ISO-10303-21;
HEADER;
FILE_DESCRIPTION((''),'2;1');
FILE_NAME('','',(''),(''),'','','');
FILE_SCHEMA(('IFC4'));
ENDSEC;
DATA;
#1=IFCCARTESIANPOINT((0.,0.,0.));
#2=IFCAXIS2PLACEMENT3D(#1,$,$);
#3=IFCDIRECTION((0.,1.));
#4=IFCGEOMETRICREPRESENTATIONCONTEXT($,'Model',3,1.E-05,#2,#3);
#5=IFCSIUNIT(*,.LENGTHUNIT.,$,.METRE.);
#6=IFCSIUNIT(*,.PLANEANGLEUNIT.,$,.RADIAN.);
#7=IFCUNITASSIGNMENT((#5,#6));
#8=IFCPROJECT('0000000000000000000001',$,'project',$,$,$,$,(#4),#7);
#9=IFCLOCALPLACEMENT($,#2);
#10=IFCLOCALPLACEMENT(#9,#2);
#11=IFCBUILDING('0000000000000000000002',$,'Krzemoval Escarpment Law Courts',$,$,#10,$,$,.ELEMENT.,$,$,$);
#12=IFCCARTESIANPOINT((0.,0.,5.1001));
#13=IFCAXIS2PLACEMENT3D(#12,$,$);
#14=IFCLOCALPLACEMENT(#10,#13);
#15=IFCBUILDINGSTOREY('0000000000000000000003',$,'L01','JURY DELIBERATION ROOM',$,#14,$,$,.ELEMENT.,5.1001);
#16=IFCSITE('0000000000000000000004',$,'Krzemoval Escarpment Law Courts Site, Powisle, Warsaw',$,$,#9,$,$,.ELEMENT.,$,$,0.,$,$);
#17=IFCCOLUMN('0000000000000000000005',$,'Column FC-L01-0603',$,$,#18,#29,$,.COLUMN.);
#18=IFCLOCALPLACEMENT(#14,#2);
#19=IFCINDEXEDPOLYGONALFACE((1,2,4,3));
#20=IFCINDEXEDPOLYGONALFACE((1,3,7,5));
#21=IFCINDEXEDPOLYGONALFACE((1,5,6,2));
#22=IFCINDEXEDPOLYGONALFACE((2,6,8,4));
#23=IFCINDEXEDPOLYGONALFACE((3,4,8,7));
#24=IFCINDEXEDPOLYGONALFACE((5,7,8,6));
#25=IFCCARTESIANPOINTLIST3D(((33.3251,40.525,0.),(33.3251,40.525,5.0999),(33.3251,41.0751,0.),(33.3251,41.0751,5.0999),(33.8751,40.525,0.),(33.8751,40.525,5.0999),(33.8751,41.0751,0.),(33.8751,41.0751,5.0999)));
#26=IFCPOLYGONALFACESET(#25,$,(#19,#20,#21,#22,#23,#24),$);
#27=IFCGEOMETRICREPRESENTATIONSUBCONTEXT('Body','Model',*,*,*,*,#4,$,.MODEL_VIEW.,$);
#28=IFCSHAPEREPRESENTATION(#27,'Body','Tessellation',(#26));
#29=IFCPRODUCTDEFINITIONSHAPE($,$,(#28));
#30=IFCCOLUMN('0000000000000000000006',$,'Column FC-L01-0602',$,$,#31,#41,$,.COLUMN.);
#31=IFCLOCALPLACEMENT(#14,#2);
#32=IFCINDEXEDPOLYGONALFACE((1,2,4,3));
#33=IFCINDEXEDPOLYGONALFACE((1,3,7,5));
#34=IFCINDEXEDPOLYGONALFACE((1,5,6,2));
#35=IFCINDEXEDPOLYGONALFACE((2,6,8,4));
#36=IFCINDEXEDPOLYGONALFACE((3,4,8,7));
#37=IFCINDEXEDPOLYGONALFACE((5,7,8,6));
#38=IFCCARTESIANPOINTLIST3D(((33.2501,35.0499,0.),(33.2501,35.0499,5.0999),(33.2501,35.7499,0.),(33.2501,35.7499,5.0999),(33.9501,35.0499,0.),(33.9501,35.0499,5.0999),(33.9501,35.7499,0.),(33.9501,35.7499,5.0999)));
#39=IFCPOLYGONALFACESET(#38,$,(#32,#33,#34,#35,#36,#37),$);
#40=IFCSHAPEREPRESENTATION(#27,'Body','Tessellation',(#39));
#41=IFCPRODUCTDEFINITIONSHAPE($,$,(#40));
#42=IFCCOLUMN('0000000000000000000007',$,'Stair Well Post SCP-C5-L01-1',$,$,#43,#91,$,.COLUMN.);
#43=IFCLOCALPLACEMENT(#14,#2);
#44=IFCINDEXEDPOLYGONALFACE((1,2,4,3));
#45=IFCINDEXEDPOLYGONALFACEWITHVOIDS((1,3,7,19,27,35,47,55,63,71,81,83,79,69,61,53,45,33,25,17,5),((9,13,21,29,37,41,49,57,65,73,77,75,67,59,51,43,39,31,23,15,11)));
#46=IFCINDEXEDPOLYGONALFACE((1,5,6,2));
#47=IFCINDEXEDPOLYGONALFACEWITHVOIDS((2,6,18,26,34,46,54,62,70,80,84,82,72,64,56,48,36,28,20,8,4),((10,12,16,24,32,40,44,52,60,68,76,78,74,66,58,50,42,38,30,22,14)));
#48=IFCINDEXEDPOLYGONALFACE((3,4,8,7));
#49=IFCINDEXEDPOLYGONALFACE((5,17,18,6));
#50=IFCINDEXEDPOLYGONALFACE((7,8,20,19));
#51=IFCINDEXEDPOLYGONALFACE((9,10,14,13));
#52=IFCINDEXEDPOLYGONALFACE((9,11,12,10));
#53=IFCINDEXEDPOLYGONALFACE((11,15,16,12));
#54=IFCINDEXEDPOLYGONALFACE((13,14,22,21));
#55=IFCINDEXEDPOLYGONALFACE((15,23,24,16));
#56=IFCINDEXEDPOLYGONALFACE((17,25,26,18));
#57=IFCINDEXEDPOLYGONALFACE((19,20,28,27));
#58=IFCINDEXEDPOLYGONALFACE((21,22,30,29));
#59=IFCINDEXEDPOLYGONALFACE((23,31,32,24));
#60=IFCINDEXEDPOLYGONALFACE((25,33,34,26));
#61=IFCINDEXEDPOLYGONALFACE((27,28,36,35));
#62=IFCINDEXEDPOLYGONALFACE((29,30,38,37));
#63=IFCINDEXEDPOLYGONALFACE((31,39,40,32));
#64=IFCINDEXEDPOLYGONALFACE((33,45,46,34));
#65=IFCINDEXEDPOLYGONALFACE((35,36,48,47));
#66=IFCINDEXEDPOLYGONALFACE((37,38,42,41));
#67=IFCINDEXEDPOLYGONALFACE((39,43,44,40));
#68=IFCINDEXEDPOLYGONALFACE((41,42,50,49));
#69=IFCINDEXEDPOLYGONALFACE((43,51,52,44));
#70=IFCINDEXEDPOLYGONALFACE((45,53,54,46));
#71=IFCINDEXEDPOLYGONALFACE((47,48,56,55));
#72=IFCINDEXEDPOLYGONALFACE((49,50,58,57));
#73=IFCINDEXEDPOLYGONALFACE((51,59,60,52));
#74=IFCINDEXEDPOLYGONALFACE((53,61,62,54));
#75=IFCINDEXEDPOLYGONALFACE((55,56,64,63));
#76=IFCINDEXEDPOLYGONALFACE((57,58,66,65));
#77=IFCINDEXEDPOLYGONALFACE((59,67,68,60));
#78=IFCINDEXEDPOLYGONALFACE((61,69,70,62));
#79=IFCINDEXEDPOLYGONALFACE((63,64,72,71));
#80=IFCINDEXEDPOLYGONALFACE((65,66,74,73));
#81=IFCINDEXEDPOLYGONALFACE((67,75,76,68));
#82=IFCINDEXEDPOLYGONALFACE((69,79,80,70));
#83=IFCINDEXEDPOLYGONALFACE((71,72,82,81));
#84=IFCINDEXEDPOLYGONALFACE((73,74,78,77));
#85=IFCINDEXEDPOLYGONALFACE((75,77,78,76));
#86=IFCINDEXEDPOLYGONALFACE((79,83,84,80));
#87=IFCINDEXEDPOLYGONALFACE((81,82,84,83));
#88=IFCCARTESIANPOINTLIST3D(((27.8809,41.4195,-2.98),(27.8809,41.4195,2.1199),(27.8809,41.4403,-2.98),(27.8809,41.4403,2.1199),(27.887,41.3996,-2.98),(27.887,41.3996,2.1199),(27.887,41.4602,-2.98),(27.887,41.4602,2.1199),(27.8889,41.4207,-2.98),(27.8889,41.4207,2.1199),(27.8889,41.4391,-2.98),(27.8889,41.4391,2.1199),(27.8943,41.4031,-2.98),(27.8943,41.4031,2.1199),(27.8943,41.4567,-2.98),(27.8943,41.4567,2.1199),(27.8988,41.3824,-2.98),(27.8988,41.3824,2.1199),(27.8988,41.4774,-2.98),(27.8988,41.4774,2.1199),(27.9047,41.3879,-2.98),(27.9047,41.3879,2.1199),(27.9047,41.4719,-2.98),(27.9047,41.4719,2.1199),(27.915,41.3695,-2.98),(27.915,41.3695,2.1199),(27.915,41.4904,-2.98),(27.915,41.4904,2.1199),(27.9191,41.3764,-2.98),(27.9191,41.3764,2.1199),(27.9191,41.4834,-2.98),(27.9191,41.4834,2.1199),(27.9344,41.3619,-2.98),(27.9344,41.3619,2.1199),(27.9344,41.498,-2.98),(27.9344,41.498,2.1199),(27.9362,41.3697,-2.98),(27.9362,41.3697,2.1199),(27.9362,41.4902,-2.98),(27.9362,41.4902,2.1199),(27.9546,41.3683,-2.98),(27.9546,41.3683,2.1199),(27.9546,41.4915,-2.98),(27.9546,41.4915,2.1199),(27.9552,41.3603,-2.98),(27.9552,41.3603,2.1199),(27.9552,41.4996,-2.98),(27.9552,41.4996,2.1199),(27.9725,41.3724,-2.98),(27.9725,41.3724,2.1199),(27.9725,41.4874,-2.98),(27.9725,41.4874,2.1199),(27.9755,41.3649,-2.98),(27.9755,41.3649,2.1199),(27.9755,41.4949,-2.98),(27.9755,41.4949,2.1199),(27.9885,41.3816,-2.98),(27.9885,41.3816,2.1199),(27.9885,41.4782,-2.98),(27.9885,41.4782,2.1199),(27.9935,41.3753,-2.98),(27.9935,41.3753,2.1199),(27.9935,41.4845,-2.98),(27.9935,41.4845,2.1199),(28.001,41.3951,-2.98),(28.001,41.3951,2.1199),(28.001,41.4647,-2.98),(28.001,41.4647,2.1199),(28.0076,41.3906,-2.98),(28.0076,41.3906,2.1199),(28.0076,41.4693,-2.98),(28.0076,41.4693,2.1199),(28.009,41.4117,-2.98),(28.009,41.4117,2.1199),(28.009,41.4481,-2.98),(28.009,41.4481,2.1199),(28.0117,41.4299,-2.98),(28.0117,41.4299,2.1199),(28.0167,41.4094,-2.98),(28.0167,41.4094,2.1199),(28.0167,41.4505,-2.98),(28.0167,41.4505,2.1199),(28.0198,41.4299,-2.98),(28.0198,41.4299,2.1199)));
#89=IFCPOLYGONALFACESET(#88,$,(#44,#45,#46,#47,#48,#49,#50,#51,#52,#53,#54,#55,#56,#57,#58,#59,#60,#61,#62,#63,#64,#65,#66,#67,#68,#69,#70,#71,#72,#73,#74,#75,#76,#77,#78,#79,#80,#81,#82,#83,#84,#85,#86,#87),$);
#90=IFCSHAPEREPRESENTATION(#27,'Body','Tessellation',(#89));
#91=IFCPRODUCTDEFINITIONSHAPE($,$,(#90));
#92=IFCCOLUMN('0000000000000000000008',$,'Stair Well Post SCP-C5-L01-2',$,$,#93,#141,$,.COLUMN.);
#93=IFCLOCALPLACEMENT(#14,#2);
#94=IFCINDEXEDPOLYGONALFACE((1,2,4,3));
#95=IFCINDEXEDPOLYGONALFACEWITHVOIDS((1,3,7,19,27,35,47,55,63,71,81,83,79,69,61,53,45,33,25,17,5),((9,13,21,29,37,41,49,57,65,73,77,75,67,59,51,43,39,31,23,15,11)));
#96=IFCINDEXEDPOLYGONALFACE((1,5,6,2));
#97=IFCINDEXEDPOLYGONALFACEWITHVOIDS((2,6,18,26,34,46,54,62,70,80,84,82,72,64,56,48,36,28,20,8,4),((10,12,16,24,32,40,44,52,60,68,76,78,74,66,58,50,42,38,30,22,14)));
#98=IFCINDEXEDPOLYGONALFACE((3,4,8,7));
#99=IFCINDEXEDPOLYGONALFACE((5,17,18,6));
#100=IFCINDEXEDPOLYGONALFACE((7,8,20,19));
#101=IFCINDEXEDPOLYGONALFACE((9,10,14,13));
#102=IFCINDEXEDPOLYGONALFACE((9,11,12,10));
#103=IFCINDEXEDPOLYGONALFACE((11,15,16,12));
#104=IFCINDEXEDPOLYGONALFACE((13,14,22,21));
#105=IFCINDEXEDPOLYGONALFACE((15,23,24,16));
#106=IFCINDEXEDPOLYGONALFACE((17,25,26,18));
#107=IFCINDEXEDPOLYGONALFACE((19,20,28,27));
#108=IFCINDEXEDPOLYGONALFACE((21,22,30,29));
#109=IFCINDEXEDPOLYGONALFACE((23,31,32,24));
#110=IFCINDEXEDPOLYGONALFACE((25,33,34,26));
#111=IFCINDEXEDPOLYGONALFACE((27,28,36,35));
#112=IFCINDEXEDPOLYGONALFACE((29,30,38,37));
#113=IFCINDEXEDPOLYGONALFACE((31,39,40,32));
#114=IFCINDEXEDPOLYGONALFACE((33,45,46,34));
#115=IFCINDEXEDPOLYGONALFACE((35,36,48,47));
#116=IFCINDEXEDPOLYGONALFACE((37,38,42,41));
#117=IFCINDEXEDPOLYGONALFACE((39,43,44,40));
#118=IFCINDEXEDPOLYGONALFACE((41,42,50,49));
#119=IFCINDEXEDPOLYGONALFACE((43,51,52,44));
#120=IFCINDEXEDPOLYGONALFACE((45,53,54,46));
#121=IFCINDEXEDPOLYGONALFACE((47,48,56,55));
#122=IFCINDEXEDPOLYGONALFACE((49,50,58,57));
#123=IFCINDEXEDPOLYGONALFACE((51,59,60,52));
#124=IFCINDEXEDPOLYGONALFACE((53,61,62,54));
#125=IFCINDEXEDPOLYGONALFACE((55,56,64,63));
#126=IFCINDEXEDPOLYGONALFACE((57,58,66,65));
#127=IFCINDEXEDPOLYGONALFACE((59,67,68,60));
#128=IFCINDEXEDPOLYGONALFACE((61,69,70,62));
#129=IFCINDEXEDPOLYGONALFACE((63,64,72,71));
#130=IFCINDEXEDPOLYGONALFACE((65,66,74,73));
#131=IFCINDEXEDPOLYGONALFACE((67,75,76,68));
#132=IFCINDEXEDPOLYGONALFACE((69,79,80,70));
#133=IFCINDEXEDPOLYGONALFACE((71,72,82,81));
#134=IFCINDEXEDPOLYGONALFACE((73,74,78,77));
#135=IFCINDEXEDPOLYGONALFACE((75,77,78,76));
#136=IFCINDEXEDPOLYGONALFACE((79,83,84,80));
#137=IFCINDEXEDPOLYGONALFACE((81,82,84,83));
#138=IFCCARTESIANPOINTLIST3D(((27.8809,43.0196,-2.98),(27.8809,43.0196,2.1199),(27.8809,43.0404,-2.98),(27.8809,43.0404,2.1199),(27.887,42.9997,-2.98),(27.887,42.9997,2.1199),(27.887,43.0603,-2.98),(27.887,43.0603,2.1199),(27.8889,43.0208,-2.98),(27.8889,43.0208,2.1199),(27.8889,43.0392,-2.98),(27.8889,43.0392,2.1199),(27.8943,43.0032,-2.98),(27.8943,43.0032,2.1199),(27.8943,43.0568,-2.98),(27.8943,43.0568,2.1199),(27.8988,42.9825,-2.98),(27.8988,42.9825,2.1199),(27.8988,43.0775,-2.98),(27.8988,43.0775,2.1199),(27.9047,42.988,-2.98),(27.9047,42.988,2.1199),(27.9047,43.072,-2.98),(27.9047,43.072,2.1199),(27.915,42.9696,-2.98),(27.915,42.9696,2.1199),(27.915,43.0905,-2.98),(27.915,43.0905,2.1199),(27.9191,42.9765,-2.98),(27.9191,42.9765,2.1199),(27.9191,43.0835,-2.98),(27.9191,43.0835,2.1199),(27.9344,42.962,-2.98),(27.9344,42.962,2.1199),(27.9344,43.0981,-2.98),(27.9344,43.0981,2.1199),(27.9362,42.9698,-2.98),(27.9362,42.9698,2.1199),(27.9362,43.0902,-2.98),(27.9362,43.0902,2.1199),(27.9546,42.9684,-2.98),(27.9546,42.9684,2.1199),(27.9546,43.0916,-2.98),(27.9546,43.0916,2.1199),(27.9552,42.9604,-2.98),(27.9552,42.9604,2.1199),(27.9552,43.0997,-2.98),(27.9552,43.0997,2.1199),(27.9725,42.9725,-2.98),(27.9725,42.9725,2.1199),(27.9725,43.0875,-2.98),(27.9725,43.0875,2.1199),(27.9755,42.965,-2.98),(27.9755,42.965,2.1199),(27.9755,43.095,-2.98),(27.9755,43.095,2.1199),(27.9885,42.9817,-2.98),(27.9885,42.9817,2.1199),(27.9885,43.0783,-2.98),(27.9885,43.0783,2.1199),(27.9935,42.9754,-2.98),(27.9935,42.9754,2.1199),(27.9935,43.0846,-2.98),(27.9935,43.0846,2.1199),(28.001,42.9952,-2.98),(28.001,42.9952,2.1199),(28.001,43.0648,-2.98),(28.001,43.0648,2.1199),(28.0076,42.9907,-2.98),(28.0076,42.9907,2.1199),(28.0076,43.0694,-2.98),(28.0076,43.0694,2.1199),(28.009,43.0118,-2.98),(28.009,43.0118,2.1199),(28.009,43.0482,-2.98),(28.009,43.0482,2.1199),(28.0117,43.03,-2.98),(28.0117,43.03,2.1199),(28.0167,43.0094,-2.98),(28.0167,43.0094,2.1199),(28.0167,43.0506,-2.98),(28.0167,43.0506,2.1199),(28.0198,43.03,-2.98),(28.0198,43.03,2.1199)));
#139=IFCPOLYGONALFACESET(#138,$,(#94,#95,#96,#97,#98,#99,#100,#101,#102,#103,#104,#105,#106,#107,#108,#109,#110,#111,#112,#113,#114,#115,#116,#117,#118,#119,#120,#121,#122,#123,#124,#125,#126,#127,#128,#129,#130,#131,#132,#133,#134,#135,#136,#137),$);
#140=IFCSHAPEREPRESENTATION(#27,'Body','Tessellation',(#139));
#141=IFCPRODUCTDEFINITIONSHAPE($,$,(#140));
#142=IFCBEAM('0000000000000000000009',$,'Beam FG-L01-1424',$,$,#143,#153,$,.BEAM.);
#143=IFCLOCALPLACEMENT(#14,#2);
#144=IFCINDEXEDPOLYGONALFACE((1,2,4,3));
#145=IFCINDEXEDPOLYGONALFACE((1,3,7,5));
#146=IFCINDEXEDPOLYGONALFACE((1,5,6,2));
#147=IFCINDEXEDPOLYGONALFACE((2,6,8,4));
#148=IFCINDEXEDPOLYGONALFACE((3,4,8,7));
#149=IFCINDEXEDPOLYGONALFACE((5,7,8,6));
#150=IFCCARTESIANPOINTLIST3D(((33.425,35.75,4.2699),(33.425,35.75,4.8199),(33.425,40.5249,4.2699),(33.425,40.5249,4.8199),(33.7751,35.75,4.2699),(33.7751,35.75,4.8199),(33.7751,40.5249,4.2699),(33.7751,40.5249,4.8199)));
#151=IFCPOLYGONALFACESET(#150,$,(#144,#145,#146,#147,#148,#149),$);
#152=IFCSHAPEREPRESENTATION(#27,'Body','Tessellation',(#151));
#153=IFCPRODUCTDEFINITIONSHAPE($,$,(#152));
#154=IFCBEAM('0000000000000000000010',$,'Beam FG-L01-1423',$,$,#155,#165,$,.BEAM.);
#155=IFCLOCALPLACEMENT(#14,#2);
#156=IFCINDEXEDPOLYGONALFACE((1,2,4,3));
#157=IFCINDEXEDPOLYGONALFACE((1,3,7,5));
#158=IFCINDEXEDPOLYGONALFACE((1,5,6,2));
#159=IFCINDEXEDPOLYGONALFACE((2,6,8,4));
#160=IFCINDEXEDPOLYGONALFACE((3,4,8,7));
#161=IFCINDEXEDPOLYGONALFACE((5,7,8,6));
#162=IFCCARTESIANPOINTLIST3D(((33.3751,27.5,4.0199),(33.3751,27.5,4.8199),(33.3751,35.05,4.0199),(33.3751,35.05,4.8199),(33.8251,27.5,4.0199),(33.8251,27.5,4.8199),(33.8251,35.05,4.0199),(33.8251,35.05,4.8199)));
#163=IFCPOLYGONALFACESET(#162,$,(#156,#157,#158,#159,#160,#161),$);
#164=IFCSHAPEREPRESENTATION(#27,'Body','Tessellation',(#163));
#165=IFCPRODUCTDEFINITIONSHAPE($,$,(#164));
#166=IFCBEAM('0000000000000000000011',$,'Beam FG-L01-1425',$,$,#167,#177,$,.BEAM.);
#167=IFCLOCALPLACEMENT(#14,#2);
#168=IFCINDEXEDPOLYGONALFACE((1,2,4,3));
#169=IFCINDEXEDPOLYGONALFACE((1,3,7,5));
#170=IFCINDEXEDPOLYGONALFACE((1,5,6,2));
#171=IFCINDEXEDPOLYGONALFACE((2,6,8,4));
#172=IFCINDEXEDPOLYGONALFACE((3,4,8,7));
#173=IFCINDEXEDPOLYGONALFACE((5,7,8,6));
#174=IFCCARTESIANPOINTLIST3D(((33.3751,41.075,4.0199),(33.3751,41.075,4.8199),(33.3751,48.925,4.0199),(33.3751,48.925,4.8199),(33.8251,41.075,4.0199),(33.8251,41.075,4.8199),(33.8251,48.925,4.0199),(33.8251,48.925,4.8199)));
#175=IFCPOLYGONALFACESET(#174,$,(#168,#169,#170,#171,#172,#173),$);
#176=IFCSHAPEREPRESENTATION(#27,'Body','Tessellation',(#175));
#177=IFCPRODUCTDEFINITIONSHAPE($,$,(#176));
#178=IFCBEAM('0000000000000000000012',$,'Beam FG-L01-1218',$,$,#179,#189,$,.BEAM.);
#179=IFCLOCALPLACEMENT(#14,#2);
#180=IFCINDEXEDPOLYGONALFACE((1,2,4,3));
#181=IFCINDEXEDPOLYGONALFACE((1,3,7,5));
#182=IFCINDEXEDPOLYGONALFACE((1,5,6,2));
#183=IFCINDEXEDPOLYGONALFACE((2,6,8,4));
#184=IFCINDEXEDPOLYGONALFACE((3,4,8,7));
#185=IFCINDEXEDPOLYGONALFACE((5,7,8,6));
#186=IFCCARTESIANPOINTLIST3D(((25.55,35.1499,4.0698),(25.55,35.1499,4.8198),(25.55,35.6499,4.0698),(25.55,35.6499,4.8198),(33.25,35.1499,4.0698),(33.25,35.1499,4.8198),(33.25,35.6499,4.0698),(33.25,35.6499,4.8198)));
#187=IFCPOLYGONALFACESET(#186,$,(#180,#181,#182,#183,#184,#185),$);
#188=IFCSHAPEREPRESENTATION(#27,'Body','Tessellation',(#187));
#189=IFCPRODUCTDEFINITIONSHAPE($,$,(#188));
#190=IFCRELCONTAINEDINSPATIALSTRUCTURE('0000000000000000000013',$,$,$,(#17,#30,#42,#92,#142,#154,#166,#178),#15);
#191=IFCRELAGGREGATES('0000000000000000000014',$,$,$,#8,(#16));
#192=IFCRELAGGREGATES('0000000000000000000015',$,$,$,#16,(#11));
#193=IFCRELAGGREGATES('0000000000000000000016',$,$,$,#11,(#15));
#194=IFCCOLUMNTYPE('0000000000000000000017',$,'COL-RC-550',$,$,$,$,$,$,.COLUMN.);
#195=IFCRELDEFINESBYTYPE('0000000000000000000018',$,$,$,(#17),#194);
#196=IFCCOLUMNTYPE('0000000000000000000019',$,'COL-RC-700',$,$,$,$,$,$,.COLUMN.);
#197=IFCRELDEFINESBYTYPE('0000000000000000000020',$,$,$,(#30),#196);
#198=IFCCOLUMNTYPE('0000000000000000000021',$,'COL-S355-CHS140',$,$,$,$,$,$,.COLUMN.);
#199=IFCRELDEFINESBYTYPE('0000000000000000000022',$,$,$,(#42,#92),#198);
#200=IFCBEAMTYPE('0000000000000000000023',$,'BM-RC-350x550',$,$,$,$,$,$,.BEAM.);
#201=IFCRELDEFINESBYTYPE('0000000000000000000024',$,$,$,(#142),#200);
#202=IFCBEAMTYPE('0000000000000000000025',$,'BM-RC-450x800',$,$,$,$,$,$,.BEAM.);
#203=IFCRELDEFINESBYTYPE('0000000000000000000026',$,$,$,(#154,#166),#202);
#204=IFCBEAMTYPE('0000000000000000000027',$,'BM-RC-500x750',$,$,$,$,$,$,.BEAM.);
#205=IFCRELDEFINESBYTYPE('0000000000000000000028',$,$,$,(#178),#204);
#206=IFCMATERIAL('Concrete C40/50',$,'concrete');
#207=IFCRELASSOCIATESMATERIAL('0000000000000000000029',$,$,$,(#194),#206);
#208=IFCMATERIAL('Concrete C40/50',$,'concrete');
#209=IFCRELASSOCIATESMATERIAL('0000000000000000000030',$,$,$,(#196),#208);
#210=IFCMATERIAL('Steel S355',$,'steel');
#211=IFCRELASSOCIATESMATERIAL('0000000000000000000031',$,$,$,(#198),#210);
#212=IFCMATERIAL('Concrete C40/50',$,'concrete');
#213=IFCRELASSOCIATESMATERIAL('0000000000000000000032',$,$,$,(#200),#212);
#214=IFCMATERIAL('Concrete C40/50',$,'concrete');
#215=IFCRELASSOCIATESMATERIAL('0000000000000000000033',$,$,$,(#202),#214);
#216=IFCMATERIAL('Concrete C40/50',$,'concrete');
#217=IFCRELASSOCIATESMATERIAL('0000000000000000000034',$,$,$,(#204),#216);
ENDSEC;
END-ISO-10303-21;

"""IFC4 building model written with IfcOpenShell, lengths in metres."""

from ifc_helpers import new_model, si_unit, direction, frame, origin, origin_2d, place, context, subcontext, project, spatial, rectangle, hollow_circle, extrude, material, material_profile, profile_set, type_object, element, save


model = new_model("IFC4")

# Units and contexts
model_context = context("Model", 3, precision=1e-05, world=origin(), true_north=direction((0.0, 1.0)))
body_context = subcontext(model_context, "Body", "Model", "MODEL_VIEW")
ifc_project = project(units=[si_unit("LENGTHUNIT", "METRE"), si_unit("PLANEANGLEUNIT", "RADIAN")], contexts=[model_context])

# Site, building, storey
site_placement = place(None, origin())
site = spatial("IfcSite", under=ifc_project, at=site_placement, Name="Krzemoval Escarpment Law Courts Site, Powisle, Warsaw", CompositionType="ELEMENT", RefElevation=0.0)
building_placement = place(site_placement, origin())
building = spatial("IfcBuilding", under=site, at=building_placement, Name="Krzemoval Escarpment Law Courts", CompositionType="ELEMENT")
storey_placement = place(building_placement, frame((0.0, 0.0, 5.1001)))
storey = spatial("IfcBuildingStorey", under=building, at=storey_placement, Name="L01", Description="JURY DELIBERATION ROOM", CompositionType="ELEMENT", Elevation=5.1001)

# Columns
ifc_material_1 = material(Name="Concrete C40/50", Category="concrete")
ifc_material_profile_1 = material_profile(ifc_material_1, rectangle(XDim=0.55, YDim=0.55, at=origin_2d()), Name="RC 550x550")
ifc_profile_set_1 = profile_set([ifc_material_profile_1], Name="Concrete C40/50")
column_type_1 = type_object("IfcColumnType", Name="COL-RC-550", PredefinedType="COLUMN", material=ifc_profile_set_1)
column_1_placement = place(storey_placement, frame((33.6001, 40.8, 0.0), z_axis=(0.0, 0.0, 1.0), x_axis=(1.0, 0.0, 0.0)))
element("IfcColumn", 1, at=column_1_placement, inside=storey, type_object=column_type_1, Name="Column FC-L01-0603", PredefinedType="COLUMN", context=body_context, shape_type="SweptSolid", body=[
    extrude(rectangle(XDim=0.55, YDim=0.55, at=origin_2d()), origin(), (0.0, 0.0, 1.0), 5.0999),
])
ifc_material_2 = material(Name="Concrete C40/50", Category="concrete")
ifc_material_profile_2 = material_profile(ifc_material_2, rectangle(XDim=0.7, YDim=0.7, at=origin_2d()), Name="RC 700x700")
ifc_profile_set_2 = profile_set([ifc_material_profile_2], Name="Concrete C40/50")
column_type_2 = type_object("IfcColumnType", Name="COL-RC-700", PredefinedType="COLUMN", material=ifc_profile_set_2)
column_2_placement = place(storey_placement, frame((33.6001, 35.3999, 0.0), z_axis=(0.0, 0.0, 1.0), x_axis=(1.0, 0.0, 0.0)))
element("IfcColumn", 2, at=column_2_placement, inside=storey, type_object=column_type_2, Name="Column FC-L01-0602", PredefinedType="COLUMN", context=body_context, shape_type="SweptSolid", body=[
    extrude(rectangle(XDim=0.7, YDim=0.7, at=origin_2d()), origin(), (0.0, 0.0, 1.0), 5.0999),
])
ifc_material_3 = material(Name="Steel S355", Category="steel")
ifc_material_profile_3 = material_profile(ifc_material_3, hollow_circle(Radius=0.0698, WallThickness=0.0081, at=origin_2d()), Name="CHS 139.7x8")
ifc_profile_set_3 = profile_set([ifc_material_profile_3], Name="Steel S355")
column_type_3 = type_object("IfcColumnType", Name="COL-S355-CHS140", PredefinedType="COLUMN", material=ifc_profile_set_3)
for number, where, z_axis, x_axis, name in (
    (3, (27.95, 41.4299, -2.98), (0.0, 0.0, 1.0), (1.0, 0.0, 0.0), "Stair Well Post SCP-C5-L01-1"),
    (4, (27.95, 43.03, -2.98), (0.0, 0.0, 1.0), (1.0, 0.0, 0.0), "Stair Well Post SCP-C5-L01-2"),
):
    element("IfcColumn", number, at=place(storey_placement, frame(where, z_axis=z_axis, x_axis=x_axis)), inside=storey, type_object=column_type_3, Name=name, PredefinedType="COLUMN", context=body_context, shape_type="SweptSolid", body=[
        extrude(hollow_circle(Radius=0.0698, WallThickness=0.0081, at=origin_2d()), origin(), (0.0, 0.0, 1.0), 5.0999),
    ])

# Beams
ifc_material_4 = material(Name="Concrete C40/50", Category="concrete")
ifc_material_profile_4 = material_profile(ifc_material_4, rectangle(XDim=0.3501, YDim=0.55, at=origin_2d()), Name="RCB 350x550")
ifc_profile_set_4 = profile_set([ifc_material_profile_4], Name="Concrete C40/50")
beam_type_1 = type_object("IfcBeamType", Name="BM-RC-350x550", PredefinedType="BEAM", material=ifc_profile_set_4)
beam_1_placement = place(storey_placement, frame((33.6001, 35.75, 4.5449), z_axis=(0.0, 1.0, 0.0), x_axis=(-1.0, 0.0, 0.0)))
element("IfcBeam", 5, at=beam_1_placement, inside=storey, type_object=beam_type_1, Name="Beam FG-L01-1424", PredefinedType="BEAM", context=body_context, shape_type="SweptSolid", body=[
    extrude(rectangle(XDim=0.3501, YDim=0.55, at=origin_2d()), origin(), (0.0, 0.0, 1.0), 4.7749),
])
ifc_material_5 = material(Name="Concrete C40/50", Category="concrete")
ifc_material_profile_5 = material_profile(ifc_material_5, rectangle(XDim=0.45, YDim=0.8, at=origin_2d()), Name="RCB 450x800")
ifc_profile_set_5 = profile_set([ifc_material_profile_5], Name="Concrete C40/50")
beam_type_2 = type_object("IfcBeamType", Name="BM-RC-450x800", PredefinedType="BEAM", material=ifc_profile_set_5)
beam_2_placement = place(storey_placement, frame((33.6001, 27.5, 4.4199), z_axis=(0.0, 1.0, 0.0), x_axis=(-1.0, 0.0, 0.0)))
element("IfcBeam", 6, at=beam_2_placement, inside=storey, type_object=beam_type_2, Name="Beam FG-L01-1423", PredefinedType="BEAM", context=body_context, shape_type="SweptSolid", body=[
    extrude(rectangle(XDim=0.45, YDim=0.8, at=origin_2d()), origin(), (0.0, 0.0, 1.0), 7.55),
])
beam_3_placement = place(storey_placement, frame((33.6001, 41.075, 4.4199), z_axis=(0.0, 1.0, 0.0), x_axis=(-1.0, 0.0, 0.0)))
element("IfcBeam", 7, at=beam_3_placement, inside=storey, type_object=beam_type_2, Name="Beam FG-L01-1425", PredefinedType="BEAM", context=body_context, shape_type="SweptSolid", body=[
    extrude(rectangle(XDim=0.45, YDim=0.8, at=origin_2d()), origin(), (0.0, 0.0, 1.0), 7.8501),
])
ifc_material_6 = material(Name="Concrete C40/50", Category="concrete")
ifc_material_profile_6 = material_profile(ifc_material_6, rectangle(XDim=0.5, YDim=0.75, at=origin_2d()), Name="RCB 500x750")
ifc_profile_set_6 = profile_set([ifc_material_profile_6], Name="Concrete C40/50")
beam_type_3 = type_object("IfcBeamType", Name="BM-RC-500x750", PredefinedType="BEAM", material=ifc_profile_set_6)
for number, where, z_axis, x_axis, name in (
    (8, (25.55, 35.3999, 4.4448), (1.0, 0.0, 0.0), (0.0, 1.0, 0.0), "Beam FG-L01-1218"),
):
    element("IfcBeam", number, at=place(storey_placement, frame(where, z_axis=z_axis, x_axis=x_axis)), inside=storey, type_object=beam_type_3, Name=name, PredefinedType="BEAM", context=body_context, shape_type="SweptSolid", body=[
        extrude(rectangle(XDim=0.5, YDim=0.75, at=origin_2d()), origin(), (0.0, 0.0, 1.0), 7.7),
    ])

save(model, "model.ifc")
